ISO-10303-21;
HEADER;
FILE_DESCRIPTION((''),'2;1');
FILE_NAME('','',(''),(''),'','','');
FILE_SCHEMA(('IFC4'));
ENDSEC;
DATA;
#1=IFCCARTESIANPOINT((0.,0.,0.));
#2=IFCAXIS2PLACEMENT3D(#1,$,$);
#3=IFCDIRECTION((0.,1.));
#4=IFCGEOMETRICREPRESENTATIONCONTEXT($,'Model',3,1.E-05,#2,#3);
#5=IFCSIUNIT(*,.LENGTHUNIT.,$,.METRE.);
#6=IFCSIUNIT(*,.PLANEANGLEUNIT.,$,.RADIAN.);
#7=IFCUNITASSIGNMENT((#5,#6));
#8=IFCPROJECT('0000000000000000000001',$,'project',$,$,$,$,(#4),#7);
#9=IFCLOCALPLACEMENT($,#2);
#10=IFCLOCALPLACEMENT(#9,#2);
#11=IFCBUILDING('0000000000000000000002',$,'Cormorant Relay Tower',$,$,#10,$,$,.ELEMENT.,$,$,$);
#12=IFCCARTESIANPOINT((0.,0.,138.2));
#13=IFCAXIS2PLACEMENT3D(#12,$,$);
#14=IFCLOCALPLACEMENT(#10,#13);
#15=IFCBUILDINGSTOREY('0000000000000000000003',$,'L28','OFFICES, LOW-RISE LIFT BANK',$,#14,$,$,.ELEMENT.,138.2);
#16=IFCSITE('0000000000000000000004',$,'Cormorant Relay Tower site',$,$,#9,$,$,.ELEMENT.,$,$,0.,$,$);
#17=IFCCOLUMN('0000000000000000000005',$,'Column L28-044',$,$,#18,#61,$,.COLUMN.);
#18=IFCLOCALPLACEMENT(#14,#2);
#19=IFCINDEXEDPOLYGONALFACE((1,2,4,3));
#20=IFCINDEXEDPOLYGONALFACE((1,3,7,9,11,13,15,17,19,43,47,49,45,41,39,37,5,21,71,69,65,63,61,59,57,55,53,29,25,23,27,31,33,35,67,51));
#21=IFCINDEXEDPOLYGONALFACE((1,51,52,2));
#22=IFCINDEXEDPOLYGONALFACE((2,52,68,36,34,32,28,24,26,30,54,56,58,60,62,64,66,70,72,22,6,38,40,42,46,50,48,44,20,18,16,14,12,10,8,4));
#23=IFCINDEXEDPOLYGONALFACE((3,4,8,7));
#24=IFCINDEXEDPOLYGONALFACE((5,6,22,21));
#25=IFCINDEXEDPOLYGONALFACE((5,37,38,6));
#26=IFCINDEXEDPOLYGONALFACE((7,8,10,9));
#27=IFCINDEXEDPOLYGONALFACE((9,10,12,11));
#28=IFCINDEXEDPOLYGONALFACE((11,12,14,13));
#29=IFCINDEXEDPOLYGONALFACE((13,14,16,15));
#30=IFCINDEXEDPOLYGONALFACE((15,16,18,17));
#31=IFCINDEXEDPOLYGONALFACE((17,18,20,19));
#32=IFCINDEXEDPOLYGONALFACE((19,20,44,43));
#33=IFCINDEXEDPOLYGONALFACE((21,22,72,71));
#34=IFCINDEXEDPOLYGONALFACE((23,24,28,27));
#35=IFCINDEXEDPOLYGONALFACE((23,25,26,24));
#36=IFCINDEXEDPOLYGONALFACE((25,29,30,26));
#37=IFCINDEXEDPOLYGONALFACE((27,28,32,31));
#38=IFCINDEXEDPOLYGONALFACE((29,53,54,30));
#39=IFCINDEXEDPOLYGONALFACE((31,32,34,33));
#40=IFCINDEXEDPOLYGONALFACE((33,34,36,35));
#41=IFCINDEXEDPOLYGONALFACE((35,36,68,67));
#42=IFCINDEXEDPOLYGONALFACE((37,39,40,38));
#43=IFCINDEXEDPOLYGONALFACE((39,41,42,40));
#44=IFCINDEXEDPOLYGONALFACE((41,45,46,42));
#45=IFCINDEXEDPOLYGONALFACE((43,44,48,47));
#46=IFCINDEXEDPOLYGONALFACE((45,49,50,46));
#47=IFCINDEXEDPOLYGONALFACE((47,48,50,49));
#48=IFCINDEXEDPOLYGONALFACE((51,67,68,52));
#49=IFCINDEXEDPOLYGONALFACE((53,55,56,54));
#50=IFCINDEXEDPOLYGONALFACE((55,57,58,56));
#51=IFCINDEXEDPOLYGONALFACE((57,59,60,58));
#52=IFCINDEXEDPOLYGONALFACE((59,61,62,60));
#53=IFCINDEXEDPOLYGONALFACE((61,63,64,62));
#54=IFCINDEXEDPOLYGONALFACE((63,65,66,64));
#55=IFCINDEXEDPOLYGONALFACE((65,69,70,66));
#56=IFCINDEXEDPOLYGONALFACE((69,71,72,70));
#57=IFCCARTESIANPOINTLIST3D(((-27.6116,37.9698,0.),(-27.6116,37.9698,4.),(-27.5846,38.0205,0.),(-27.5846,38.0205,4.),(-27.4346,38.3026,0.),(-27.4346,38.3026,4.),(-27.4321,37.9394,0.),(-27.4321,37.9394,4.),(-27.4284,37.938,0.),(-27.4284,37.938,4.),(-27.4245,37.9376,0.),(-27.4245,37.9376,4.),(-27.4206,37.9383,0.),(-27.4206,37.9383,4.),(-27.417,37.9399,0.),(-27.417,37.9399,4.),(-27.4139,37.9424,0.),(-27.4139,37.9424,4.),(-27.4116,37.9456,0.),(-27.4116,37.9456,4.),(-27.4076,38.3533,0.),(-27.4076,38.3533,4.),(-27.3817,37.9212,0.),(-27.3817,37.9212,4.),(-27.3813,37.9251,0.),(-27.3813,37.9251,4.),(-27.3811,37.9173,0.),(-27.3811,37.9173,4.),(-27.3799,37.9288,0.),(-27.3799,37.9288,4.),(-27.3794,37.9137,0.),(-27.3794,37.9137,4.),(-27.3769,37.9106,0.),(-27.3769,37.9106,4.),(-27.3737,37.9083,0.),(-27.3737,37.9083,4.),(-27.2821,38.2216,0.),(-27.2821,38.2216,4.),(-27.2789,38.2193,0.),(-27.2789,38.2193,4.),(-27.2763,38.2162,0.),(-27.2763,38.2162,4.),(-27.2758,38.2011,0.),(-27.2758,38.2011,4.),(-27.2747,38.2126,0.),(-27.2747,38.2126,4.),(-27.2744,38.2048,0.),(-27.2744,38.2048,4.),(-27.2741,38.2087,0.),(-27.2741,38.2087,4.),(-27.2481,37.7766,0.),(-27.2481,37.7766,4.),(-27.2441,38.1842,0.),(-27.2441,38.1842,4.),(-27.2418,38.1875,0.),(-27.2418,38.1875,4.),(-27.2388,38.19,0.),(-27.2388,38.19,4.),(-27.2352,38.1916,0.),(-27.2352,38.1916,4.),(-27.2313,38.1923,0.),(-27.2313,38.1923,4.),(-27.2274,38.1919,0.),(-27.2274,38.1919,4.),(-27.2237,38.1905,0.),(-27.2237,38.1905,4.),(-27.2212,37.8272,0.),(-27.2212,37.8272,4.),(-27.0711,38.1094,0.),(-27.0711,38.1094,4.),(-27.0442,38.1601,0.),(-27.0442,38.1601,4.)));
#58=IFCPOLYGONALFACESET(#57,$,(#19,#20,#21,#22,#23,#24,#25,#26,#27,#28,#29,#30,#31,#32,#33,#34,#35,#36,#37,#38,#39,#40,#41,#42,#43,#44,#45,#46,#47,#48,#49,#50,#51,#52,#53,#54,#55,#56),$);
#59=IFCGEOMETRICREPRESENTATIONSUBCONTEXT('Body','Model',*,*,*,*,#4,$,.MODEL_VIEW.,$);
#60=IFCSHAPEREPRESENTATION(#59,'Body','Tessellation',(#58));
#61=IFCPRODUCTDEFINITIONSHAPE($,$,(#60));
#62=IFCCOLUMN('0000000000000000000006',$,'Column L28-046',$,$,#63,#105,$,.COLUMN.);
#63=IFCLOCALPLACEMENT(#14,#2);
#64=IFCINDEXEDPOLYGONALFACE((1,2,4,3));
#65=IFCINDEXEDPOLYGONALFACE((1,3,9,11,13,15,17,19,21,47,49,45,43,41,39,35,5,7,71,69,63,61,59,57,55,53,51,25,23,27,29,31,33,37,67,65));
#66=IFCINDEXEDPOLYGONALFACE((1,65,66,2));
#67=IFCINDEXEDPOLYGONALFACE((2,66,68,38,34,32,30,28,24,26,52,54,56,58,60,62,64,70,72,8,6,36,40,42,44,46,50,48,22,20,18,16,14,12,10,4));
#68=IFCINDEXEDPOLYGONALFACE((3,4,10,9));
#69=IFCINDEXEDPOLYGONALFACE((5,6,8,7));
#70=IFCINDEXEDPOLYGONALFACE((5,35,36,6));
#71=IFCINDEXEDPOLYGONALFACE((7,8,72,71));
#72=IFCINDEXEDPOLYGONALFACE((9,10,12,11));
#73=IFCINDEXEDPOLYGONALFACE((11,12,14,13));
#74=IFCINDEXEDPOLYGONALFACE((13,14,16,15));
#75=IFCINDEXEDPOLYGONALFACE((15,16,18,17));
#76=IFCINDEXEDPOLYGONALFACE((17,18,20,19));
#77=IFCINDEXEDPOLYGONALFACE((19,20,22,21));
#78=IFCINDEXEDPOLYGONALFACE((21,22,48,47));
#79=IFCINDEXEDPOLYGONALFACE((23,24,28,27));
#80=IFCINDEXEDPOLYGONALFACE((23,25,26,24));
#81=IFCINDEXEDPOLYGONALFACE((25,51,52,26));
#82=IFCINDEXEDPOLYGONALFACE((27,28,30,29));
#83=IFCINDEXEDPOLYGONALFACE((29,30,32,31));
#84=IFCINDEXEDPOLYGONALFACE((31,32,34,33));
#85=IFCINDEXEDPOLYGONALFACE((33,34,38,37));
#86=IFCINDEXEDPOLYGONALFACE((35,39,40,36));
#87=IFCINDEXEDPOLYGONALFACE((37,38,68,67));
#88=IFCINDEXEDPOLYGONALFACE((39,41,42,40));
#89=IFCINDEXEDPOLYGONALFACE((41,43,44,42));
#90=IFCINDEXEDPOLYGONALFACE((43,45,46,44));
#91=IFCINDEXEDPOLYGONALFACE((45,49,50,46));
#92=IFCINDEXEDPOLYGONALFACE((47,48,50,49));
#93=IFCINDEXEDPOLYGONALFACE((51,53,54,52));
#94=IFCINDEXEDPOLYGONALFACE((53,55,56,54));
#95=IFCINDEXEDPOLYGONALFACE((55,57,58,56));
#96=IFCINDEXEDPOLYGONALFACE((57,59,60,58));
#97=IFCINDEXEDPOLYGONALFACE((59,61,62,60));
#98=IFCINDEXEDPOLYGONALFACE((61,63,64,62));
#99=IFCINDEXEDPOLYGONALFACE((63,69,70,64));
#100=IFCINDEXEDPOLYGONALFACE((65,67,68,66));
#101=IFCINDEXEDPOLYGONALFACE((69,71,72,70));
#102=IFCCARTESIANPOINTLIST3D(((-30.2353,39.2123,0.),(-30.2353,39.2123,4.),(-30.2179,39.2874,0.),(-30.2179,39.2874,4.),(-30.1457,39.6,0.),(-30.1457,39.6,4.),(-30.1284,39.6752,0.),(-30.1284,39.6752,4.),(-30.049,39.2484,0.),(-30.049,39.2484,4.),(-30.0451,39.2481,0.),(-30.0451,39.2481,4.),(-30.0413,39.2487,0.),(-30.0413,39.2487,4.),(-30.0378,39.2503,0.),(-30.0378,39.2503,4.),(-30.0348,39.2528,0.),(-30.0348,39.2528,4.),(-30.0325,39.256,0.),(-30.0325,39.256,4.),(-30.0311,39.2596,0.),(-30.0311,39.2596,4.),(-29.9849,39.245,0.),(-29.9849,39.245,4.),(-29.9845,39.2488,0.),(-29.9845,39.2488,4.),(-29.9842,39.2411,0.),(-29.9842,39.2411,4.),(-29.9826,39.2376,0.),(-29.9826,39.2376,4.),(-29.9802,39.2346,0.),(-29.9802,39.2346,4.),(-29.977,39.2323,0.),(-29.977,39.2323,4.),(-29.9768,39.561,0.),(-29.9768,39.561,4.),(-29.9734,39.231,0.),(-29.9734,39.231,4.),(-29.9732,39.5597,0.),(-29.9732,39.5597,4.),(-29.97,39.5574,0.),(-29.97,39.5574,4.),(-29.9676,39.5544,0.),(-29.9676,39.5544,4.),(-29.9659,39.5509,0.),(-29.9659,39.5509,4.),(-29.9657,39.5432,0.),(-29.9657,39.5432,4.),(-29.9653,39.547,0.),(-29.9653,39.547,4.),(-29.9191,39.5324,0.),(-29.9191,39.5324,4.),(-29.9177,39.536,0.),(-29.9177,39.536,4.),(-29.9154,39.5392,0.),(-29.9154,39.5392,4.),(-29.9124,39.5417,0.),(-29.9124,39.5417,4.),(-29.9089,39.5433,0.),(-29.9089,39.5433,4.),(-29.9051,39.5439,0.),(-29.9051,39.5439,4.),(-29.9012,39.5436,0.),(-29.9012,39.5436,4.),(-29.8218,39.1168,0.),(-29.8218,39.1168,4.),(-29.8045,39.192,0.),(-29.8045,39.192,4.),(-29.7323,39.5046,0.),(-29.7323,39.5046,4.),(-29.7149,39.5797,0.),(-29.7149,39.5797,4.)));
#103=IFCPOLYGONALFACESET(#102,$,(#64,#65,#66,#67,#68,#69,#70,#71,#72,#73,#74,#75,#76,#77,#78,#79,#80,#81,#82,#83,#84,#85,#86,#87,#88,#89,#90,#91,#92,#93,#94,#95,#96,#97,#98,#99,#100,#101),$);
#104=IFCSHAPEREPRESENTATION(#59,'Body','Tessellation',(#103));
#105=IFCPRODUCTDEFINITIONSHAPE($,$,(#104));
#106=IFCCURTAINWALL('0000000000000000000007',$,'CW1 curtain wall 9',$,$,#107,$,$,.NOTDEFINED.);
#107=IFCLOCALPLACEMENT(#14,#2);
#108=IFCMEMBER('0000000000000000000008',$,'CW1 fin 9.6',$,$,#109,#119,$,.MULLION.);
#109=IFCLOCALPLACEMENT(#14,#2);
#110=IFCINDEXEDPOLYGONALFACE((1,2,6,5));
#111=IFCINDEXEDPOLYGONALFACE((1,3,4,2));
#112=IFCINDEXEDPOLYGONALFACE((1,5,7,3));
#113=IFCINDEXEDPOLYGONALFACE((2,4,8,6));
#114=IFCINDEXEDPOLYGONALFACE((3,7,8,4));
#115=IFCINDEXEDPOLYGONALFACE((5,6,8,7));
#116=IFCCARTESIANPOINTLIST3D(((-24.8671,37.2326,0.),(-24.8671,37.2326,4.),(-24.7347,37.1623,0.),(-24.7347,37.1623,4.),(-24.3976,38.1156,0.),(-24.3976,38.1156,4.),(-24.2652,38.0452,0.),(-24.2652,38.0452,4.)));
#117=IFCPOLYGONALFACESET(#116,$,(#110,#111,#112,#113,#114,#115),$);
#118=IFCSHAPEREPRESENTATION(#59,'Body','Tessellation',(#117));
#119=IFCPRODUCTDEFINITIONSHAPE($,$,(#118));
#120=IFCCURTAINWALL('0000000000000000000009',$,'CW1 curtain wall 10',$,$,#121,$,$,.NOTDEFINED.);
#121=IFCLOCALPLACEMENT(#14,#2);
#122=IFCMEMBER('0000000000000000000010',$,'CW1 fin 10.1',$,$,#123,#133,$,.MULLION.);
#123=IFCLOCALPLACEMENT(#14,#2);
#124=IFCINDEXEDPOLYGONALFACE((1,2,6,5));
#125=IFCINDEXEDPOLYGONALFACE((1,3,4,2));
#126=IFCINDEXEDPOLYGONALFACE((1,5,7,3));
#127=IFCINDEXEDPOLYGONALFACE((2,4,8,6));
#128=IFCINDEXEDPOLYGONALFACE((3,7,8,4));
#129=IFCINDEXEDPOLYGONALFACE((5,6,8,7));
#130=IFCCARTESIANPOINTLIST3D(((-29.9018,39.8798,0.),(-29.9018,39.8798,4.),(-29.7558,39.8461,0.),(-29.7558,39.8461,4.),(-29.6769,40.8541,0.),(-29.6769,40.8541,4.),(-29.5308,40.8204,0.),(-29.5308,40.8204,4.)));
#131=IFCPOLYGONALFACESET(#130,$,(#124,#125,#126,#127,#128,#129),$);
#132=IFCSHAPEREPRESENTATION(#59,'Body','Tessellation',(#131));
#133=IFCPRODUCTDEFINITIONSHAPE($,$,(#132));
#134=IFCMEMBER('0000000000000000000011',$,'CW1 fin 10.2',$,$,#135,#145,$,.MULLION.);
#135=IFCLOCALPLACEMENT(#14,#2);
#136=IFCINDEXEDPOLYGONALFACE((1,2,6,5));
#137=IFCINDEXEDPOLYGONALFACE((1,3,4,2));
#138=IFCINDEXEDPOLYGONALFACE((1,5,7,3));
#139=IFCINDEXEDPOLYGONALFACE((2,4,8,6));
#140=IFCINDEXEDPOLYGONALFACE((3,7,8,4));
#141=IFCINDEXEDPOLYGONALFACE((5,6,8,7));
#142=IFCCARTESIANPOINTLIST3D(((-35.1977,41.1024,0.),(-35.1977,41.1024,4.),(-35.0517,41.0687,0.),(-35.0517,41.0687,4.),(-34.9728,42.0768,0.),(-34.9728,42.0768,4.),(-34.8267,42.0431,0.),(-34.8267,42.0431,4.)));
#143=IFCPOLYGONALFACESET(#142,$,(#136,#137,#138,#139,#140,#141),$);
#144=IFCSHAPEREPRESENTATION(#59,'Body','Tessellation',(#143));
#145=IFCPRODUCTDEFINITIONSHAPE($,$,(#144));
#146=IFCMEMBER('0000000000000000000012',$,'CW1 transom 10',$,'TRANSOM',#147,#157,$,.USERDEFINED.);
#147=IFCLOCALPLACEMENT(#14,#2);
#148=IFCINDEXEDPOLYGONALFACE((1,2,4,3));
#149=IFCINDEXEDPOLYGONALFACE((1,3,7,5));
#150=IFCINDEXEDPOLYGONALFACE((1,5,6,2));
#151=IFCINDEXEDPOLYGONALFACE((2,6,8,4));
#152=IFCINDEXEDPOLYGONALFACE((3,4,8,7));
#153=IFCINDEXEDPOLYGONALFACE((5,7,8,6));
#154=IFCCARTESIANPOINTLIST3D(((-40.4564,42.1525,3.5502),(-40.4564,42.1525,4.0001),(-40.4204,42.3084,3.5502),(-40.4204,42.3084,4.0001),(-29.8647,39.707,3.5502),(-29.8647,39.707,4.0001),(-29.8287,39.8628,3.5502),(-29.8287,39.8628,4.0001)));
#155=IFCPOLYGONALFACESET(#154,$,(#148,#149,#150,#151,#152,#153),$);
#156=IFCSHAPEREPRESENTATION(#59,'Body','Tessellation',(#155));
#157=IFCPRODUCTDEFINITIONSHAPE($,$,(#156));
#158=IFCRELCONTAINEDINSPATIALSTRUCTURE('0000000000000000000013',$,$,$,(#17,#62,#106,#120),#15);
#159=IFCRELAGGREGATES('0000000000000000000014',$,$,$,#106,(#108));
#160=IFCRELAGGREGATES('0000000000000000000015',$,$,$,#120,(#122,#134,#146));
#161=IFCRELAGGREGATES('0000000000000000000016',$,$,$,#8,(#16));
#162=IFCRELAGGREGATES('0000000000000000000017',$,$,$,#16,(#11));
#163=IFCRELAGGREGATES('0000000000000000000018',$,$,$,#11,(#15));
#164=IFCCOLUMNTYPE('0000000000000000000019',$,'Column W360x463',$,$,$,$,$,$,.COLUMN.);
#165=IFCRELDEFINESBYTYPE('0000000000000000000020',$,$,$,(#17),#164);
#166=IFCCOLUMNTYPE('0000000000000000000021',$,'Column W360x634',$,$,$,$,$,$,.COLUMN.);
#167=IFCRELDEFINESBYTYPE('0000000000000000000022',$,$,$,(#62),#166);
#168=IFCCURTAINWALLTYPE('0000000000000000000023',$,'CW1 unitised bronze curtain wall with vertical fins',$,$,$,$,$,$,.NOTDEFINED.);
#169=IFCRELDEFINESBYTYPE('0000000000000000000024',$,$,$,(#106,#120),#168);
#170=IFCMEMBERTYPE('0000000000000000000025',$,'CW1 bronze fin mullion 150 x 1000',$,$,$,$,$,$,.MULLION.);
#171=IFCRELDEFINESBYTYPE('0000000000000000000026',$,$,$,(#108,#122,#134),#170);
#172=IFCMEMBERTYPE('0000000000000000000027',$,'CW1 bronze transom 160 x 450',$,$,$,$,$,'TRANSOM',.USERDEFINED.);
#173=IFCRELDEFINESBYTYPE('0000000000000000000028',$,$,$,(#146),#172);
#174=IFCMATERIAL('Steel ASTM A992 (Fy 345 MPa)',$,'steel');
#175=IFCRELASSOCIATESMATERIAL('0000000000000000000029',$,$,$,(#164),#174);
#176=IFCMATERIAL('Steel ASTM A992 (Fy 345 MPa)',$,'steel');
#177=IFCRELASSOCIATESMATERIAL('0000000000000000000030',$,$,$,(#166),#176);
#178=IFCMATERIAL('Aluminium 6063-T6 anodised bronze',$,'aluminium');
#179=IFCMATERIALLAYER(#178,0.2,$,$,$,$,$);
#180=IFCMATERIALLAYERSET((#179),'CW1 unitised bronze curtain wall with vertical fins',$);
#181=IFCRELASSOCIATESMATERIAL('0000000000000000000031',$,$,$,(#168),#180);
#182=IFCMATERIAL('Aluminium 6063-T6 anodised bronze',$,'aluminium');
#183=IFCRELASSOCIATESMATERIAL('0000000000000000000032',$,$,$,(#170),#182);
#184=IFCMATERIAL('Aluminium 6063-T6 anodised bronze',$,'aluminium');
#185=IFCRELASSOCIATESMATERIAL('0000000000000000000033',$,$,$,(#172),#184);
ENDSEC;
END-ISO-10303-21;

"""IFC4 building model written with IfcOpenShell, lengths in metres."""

from ifc_helpers import new_model, si_unit, direction, frame, origin, origin_2d, place, context, subcontext, project, spatial, rectangle, i_section, extrude, material, layer, layer_set, material_profile, profile_set, type_object, element, aggregate, save


model = new_model("IFC4")

# Units and contexts
model_context = context("Model", 3, precision=1e-05, world=origin(), true_north=direction((0.0, 1.0)))
body_context = subcontext(model_context, "Body", "Model", "MODEL_VIEW")
ifc_project = project(units=[si_unit("LENGTHUNIT", "METRE"), si_unit("PLANEANGLEUNIT", "RADIAN")], contexts=[model_context])

# Site, building, storey
site_placement = place(None, origin())
site = spatial("IfcSite", under=ifc_project, at=site_placement, Name="Cormorant Relay Tower site", CompositionType="ELEMENT", RefElevation=0.0)
building_placement = place(site_placement, origin())
building = spatial("IfcBuilding", under=site, at=building_placement, Name="Cormorant Relay Tower", CompositionType="ELEMENT")
storey_placement = place(building_placement, frame((0.0, 0.0, 138.2)))
storey = spatial("IfcBuildingStorey", under=building, at=storey_placement, Name="L28", Description="OFFICES, LOW-RISE LIFT BANK", CompositionType="ELEMENT", Elevation=138.2)

# Columns
ifc_material_1 = material(Name="Steel ASTM A992 (Fy 345 MPa)", Category="steel")
ifc_material_profile_1 = material_profile(ifc_material_1, i_section(OverallWidth=0.4116, OverallDepth=0.4343, WebThickness=0.0359, FlangeThickness=0.0574, FilletRadius=0.0151, at=origin_2d()), Name="W360x463")
ifc_profile_set_1 = profile_set([ifc_material_profile_1], Name="Steel ASTM A992 (Fy 345 MPa)")
column_type_1 = type_object("IfcColumnType", Name="Column W360x463", PredefinedType="COLUMN", material=ifc_profile_set_1)
column_1_placement = place(storey_placement, frame((-27.3279, 38.0649, 0.0), z_axis=(0.0, 0.0, 1.0), x_axis=(-0.882948, 0.469472, 0.0)))
element("IfcColumn", 1, at=column_1_placement, inside=storey, type_object=column_type_1, Name="Column L28-044", PredefinedType="COLUMN", context=body_context, shape_type="SweptSolid", body=[
    extrude(i_section(OverallWidth=0.4116, OverallDepth=0.4343, WebThickness=0.0359, FlangeThickness=0.0574, FilletRadius=0.0151, at=origin_2d()), origin(), (0.0, 0.0, 1.0), 4.0),
])
ifc_material_2 = material(Name="Steel ASTM A992 (Fy 345 MPa)", Category="steel")
ifc_material_profile_2 = material_profile(ifc_material_2, i_section(OverallWidth=0.4243, OverallDepth=0.4751, WebThickness=0.0479, FlangeThickness=0.0771, FilletRadius=0.0149, at=origin_2d()), Name="W360x634")
ifc_profile_set_2 = profile_set([ifc_material_profile_2], Name="Steel ASTM A992 (Fy 345 MPa)")
column_type_2 = type_object("IfcColumnType", Name="Column W360x634", PredefinedType="COLUMN", material=ifc_profile_set_2)
column_2_placement = place(storey_placement, frame((-29.9751, 39.396, 0.0), z_axis=(0.0, 0.0, 1.0), x_axis=(-0.97437, 0.224951, 0.0)))
element("IfcColumn", 2, at=column_2_placement, inside=storey, type_object=column_type_2, Name="Column L28-046", PredefinedType="COLUMN", context=body_context, shape_type="SweptSolid", body=[
    extrude(i_section(OverallWidth=0.4243, OverallDepth=0.4751, WebThickness=0.0479, FlangeThickness=0.0771, FilletRadius=0.0149, at=origin_2d()), origin(), (0.0, 0.0, 1.0), 4.0),
])

# Curtain wall, member
ifc_material_3 = material(Name="Aluminium 6063-T6 anodised bronze", Category="aluminium")
ifc_layer_1 = layer(ifc_material_3, 0.2)
ifc_layer_set_1 = layer_set([ifc_layer_1], Name="CW1 unitised bronze curtain wall with vertical fins")
curtain_wall_type = type_object("IfcCurtainWallType", Name="CW1 unitised bronze curtain wall with vertical fins", PredefinedType="NOTDEFINED", material=ifc_layer_set_1)
curtain_wall_1_placement = place(storey_placement, origin())
curtain_wall_1 = element("IfcCurtainWall", 3, at=curtain_wall_1_placement, inside=storey, type_object=curtain_wall_type, Name="CW1 curtain wall 9", PredefinedType="NOTDEFINED")
ifc_material_4 = material(Name="Aluminium 6063-T6 anodised bronze", Category="aluminium")
ifc_material_profile_3 = material_profile(ifc_material_4, rectangle(XDim=0.1499, YDim=1.0, at=origin_2d()), Name="AL 150x1000")
ifc_profile_set_3 = profile_set([ifc_material_profile_3], Name="Aluminium 6063-T6 anodised bronze")
member_type_1 = type_object("IfcMemberType", Name="CW1 bronze fin mullion 150 x 1000", PredefinedType="MULLION", material=ifc_profile_set_3)
member_1_placement = place(storey_placement, frame((-24.5662, 37.6389, 0.0), z_axis=(0.0, 0.0, 1.0), x_axis=(-0.882948, 0.469472, 0.0)))
member_1 = element("IfcMember", 4, at=member_1_placement, type_object=member_type_1, Name="CW1 fin 9.6", PredefinedType="MULLION", context=body_context, shape_type="SweptSolid", body=[
    extrude(rectangle(XDim=0.1499, YDim=1.0, at=origin_2d()), origin(), (0.0, 0.0, 1.0), 4.0),
])

# Curtain wall, members
curtain_wall_2_placement = place(storey_placement, origin())
curtain_wall_2 = element("IfcCurtainWall", 5, at=curtain_wall_2_placement, inside=storey, type_object=curtain_wall_type, Name="CW1 curtain wall 10", PredefinedType="NOTDEFINED")
member_2_placement = place(storey_placement, frame((-29.7163, 40.3501, 0.0), z_axis=(0.0, 0.0, 1.0), x_axis=(-0.97437, 0.224951, 0.0)))
member_2 = element("IfcMember", 6, at=member_2_placement, type_object=member_type_1, Name="CW1 fin 10.1", PredefinedType="MULLION", context=body_context, shape_type="SweptSolid", body=[
    extrude(rectangle(XDim=0.1499, YDim=1.0, at=origin_2d()), origin(), (0.0, 0.0, 1.0), 4.0),
])
member_3_placement = place(storey_placement, frame((-35.0122, 41.5728, 0.0), z_axis=(0.0, 0.0, 1.0), x_axis=(-0.97437, 0.224951, 0.0)))
member_3 = element("IfcMember", 7, at=member_3_placement, type_object=member_type_1, Name="CW1 fin 10.2", PredefinedType="MULLION", context=body_context, shape_type="SweptSolid", body=[
    extrude(rectangle(XDim=0.1499, YDim=1.0, at=origin_2d()), origin(), (0.0, 0.0, 1.0), 4.0),
])
ifc_material_5 = material(Name="Aluminium 6063-T6 anodised bronze", Category="aluminium")
ifc_material_profile_4 = material_profile(ifc_material_5, rectangle(XDim=0.1599, YDim=0.45, at=origin_2d()), Name="AL 160x450")
ifc_profile_set_4 = profile_set([ifc_material_profile_4], Name="Aluminium 6063-T6 anodised bronze")
member_type_2 = type_object("IfcMemberType", Name="CW1 bronze transom 160 x 450", ElementType="TRANSOM", PredefinedType="USERDEFINED", material=ifc_profile_set_4)
member_4_placement = place(storey_placement, frame((-29.8467, 39.7849, 3.7751), z_axis=(-0.974365, 0.224973, 0.0), x_axis=(-0.224973, -0.974365, 0.0)))
member_4 = element("IfcMember", 8, at=member_4_placement, type_object=member_type_2, Name="CW1 transom 10", ObjectType="TRANSOM", PredefinedType="USERDEFINED", context=body_context, shape_type="SweptSolid", body=[
    extrude(rectangle(XDim=0.1599, YDim=0.45, at=origin_2d()), origin(), (0.0, 0.0, 1.0), 10.8704),
])

aggregate(curtain_wall_1, [member_1])
aggregate(curtain_wall_2, [member_2, member_3, member_4])

save(model, "model.ifc")
